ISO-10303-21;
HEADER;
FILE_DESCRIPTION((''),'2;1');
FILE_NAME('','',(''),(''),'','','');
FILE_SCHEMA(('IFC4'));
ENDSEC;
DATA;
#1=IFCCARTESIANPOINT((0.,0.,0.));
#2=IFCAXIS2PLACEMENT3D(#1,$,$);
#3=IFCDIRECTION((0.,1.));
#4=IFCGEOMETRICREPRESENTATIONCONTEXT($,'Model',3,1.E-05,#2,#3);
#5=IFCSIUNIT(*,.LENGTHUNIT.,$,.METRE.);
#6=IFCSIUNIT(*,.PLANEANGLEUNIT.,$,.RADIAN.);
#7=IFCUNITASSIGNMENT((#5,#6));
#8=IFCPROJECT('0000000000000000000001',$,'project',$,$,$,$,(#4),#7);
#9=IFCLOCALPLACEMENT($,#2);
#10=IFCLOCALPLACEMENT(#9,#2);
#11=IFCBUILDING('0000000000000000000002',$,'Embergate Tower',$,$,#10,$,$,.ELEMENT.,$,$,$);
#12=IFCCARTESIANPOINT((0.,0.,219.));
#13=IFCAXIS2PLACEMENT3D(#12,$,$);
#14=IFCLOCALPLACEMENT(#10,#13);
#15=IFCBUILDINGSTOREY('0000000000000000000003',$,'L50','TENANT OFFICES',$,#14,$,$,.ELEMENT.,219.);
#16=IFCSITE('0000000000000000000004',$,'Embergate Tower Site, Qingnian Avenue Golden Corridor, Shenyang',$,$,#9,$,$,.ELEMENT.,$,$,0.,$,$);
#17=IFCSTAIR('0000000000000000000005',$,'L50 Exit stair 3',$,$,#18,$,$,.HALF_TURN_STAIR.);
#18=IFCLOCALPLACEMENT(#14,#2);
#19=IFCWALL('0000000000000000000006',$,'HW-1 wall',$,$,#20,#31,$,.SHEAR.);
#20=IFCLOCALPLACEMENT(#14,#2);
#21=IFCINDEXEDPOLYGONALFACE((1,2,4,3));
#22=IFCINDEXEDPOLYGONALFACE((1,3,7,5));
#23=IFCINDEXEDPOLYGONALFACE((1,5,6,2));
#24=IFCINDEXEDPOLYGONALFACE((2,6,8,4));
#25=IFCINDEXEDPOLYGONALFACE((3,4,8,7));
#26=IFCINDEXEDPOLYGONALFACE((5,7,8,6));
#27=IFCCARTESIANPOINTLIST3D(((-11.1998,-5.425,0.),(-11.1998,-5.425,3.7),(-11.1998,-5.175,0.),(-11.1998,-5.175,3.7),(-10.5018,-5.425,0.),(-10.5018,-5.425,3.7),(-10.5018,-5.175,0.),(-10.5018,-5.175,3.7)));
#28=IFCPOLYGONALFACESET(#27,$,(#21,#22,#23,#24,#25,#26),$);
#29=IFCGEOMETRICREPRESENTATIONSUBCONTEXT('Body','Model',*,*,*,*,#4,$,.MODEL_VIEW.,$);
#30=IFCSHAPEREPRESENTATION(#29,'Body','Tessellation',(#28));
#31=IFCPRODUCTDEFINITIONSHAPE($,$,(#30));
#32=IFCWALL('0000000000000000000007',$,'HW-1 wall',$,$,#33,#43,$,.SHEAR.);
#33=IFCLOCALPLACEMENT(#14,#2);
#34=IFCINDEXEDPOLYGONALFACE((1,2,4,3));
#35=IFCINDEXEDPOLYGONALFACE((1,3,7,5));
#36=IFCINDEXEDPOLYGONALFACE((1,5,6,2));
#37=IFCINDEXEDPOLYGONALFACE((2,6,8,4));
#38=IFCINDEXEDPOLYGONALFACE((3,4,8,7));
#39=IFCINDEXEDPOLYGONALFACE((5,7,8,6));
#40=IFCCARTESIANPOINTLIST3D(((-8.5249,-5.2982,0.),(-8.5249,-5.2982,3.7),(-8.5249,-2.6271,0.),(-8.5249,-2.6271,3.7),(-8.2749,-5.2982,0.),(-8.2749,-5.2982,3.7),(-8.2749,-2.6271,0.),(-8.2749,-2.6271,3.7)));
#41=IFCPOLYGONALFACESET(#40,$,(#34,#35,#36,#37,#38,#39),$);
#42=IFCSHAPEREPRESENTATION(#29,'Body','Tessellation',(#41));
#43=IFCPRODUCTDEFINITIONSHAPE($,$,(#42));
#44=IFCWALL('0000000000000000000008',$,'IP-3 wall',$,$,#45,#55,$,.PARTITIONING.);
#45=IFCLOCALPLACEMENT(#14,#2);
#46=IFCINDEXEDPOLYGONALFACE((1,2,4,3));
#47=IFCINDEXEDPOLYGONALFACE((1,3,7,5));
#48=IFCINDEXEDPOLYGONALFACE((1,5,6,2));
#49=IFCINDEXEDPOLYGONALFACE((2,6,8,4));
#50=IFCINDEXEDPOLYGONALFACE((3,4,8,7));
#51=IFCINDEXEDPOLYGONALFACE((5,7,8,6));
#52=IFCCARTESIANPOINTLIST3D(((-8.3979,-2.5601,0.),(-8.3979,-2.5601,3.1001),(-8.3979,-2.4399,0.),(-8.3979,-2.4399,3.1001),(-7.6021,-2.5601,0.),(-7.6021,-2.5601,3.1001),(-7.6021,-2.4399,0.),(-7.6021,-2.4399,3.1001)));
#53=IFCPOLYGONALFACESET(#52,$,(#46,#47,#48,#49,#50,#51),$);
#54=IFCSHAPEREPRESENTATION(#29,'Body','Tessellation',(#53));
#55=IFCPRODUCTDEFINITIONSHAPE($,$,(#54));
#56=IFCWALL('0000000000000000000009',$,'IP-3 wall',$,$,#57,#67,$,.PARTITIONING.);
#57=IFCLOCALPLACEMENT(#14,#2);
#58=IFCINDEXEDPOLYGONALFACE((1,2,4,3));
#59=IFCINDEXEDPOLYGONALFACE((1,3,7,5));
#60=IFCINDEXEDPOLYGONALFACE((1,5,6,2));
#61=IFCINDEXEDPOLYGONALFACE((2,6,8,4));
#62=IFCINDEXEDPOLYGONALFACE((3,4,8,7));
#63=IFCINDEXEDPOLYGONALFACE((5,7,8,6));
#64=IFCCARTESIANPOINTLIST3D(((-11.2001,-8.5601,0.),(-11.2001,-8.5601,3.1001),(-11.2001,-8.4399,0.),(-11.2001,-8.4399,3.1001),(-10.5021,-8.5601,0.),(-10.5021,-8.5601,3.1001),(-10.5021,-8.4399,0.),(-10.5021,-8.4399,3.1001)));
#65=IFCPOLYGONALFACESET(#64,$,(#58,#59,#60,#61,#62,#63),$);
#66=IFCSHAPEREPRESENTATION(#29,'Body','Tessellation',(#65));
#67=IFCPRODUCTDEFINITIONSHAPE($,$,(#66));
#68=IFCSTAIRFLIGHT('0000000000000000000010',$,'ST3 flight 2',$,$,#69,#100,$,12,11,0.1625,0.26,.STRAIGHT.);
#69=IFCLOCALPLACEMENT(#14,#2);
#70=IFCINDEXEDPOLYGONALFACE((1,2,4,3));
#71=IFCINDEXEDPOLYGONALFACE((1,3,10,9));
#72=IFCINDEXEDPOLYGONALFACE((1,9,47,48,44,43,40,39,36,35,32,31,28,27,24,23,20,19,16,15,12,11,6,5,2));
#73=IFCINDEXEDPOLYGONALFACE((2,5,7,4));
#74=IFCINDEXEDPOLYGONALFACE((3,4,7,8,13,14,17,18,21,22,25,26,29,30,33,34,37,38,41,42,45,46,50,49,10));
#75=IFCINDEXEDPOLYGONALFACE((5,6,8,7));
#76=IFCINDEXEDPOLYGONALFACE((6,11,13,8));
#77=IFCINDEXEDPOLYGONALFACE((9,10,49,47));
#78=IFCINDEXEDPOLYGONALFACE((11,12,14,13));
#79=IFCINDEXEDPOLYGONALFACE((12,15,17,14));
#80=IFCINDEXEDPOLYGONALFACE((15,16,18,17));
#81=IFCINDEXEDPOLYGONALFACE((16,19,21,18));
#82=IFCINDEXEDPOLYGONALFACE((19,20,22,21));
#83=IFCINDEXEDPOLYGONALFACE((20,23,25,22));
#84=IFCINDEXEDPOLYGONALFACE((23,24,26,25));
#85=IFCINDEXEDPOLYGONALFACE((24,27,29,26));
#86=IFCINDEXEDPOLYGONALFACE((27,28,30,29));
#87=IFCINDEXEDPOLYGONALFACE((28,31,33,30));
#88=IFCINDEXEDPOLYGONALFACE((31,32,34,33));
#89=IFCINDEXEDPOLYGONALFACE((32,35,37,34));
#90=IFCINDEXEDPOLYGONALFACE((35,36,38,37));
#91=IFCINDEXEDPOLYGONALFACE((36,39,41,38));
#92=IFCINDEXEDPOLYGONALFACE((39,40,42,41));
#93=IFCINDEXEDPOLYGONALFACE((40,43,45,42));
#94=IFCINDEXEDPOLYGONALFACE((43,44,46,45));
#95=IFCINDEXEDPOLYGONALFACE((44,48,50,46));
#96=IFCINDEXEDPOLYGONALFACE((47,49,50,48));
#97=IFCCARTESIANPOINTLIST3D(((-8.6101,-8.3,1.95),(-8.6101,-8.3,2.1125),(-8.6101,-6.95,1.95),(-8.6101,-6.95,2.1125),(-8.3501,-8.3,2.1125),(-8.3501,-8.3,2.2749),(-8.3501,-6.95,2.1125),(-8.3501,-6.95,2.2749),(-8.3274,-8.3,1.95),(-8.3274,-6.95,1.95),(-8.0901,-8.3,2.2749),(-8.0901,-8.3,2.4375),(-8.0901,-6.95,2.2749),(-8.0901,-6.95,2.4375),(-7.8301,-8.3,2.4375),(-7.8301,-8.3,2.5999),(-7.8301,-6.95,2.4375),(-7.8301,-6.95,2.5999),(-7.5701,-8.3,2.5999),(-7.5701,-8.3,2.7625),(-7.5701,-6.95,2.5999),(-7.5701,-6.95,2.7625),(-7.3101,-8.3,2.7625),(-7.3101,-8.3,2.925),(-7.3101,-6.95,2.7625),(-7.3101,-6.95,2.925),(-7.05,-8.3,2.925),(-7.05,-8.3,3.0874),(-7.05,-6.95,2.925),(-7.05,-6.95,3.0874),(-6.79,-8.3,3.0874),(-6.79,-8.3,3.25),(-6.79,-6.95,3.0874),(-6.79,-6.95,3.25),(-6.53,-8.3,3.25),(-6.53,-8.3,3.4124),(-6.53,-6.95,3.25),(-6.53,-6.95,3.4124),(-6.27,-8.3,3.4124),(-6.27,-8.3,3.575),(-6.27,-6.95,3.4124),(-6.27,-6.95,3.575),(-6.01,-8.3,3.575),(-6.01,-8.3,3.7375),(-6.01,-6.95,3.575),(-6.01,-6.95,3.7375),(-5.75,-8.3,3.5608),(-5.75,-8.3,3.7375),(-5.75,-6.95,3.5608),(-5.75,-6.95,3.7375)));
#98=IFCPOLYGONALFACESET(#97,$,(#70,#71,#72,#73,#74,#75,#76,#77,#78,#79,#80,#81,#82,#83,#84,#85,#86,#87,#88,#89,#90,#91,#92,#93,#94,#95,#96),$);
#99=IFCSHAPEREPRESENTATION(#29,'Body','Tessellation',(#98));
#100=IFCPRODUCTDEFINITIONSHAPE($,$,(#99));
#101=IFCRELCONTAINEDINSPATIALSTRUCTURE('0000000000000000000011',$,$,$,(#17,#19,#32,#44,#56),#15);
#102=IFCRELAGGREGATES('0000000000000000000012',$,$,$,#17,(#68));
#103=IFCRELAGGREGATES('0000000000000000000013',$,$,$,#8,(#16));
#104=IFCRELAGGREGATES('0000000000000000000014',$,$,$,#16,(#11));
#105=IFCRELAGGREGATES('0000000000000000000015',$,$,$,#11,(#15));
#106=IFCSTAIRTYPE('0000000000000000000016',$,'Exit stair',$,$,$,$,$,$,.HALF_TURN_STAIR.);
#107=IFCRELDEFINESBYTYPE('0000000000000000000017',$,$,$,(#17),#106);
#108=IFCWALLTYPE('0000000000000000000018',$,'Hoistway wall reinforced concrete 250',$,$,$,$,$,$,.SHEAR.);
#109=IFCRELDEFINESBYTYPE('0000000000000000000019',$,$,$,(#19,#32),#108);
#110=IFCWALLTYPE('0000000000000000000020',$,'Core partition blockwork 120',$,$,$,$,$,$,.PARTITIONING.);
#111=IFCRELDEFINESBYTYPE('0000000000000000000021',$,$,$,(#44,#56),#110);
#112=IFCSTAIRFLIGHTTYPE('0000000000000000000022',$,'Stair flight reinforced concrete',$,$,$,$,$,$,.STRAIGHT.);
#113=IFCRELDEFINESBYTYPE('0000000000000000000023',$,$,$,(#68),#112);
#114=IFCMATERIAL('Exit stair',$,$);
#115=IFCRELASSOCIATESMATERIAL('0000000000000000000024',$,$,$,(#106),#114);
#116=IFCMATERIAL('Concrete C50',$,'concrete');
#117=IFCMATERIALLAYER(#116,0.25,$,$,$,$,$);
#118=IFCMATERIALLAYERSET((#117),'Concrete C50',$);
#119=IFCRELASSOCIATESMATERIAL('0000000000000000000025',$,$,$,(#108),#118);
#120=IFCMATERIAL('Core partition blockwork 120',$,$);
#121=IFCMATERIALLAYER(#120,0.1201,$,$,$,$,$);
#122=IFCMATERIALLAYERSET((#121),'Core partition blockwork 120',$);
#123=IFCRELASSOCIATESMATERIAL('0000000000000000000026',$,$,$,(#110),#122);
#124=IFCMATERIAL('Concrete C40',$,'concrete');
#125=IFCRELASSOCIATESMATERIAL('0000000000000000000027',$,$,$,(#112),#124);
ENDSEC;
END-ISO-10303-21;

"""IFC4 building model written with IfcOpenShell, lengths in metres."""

from ifc_helpers import new_model, si_unit, direction, frame, frame_2d, origin, place, context, subcontext, project, spatial, polyline, rectangle, outline, extrude, source, transform, mapped, material, layer, layer_set, type_object, element, aggregate, save


model = new_model("IFC4")

# Units and contexts
model_context = context("Model", 3, precision=1e-05, world=origin(), true_north=direction((0.0, 1.0)))
body_context = subcontext(model_context, "Body", "Model", "MODEL_VIEW")
ifc_project = project(units=[si_unit("LENGTHUNIT", "METRE"), si_unit("PLANEANGLEUNIT", "RADIAN")], contexts=[model_context])

# Site, building, storey
site_placement = place(None, origin())
site = spatial("IfcSite", under=ifc_project, at=site_placement, Name="Embergate Tower Site, Qingnian Avenue Golden Corridor, Shenyang", CompositionType="ELEMENT", RefElevation=0.0)
building_placement = place(site_placement, origin())
building = spatial("IfcBuilding", under=site, at=building_placement, Name="Embergate Tower", CompositionType="ELEMENT")
storey_placement = place(building_placement, frame((0.0, 0.0, 219.0)))
storey = spatial("IfcBuildingStorey", under=building, at=storey_placement, Name="L50", Description="TENANT OFFICES", CompositionType="ELEMENT", Elevation=219.0)

# Stair
ifc_material_1 = material(Name="Exit stair")
stair_type = type_object("IfcStairType", Name="Exit stair", PredefinedType="HALF_TURN_STAIR", material=ifc_material_1)
stair_placement = place(storey_placement, origin())
stair = element("IfcStair", 1, at=stair_placement, inside=storey, type_object=stair_type, Name="L50 Exit stair 3", PredefinedType="HALF_TURN_STAIR")
ifc_material_2 = material(Name="Concrete C40", Category="concrete")

# Shared definitions
ifc_material_3 = material(Name="Concrete C50", Category="concrete")
ifc_layer_1 = layer(ifc_material_3, 0.25)
ifc_layer_set_1 = layer_set([ifc_layer_1], Name="Concrete C50")
wall_type_1 = type_object("IfcWallType", Name="Hoistway wall reinforced concrete 250", PredefinedType="SHEAR", material=ifc_layer_set_1)

# Walls
shared_shape_1 = source(origin(), body_context, "Body", "SweptSolid", [
    extrude(rectangle(XDim=0.698, YDim=0.25, at=frame_2d((0.3491, 0.0))), origin(), (0.0, 0.0, 1.0), 3.7),
])
wall_1_placement = place(storey_placement, frame((-11.2, -5.3, 0.0), z_axis=(0.0, 0.0, 1.0), x_axis=(1.0, 0.0, 0.0)))
element("IfcWall", 2, at=wall_1_placement, inside=storey, type_object=wall_type_1, Name="HW-1 wall", PredefinedType="SHEAR", context=body_context, shape_type="MappedRepresentation", body=[
    mapped(shared_shape_1, transform((0.0, 0.0, 0.0))),
])
shared_shape_2 = source(origin(), body_context, "Body", "SweptSolid", [
    extrude(rectangle(XDim=2.6711, YDim=0.25, at=frame_2d((1.3354, 0.0))), origin(), (0.0, 0.0, 1.0), 3.7),
])
wall_2_placement = place(storey_placement, frame((-8.3999, -5.2981, 0.0), z_axis=(0.0, 0.0, 1.0), x_axis=(0.0, 1.0, 0.0)))
element("IfcWall", 3, at=wall_2_placement, inside=storey, type_object=wall_type_1, Name="HW-1 wall", PredefinedType="SHEAR", context=body_context, shape_type="MappedRepresentation", body=[
    mapped(shared_shape_2, transform((0.0, 0.0, 0.0))),
])
ifc_material_4 = material(Name="Core partition blockwork 120")
ifc_layer_2 = layer(ifc_material_4, 0.1201)
ifc_layer_set_2 = layer_set([ifc_layer_2], Name="Core partition blockwork 120")
wall_type_2 = type_object("IfcWallType", Name="Core partition blockwork 120", PredefinedType="PARTITIONING", material=ifc_layer_set_2)
shared_shape_3 = source(origin(), body_context, "Body", "SweptSolid", [
    extrude(rectangle(XDim=0.7959, YDim=0.1201, at=frame_2d((0.3979, 0.0))), origin(), (0.0, 0.0, 1.0), 3.1001),
])
wall_3_placement = place(storey_placement, frame((-8.3979, -2.5, 0.0), z_axis=(0.0, 0.0, 1.0), x_axis=(1.0, 0.0, 0.0)))
element("IfcWall", 4, at=wall_3_placement, inside=storey, type_object=wall_type_2, Name="IP-3 wall", PredefinedType="PARTITIONING", context=body_context, shape_type="MappedRepresentation", body=[
    mapped(shared_shape_3, transform((0.0, 0.0, 0.0))),
])
shared_shape_4 = source(origin(), body_context, "Body", "SweptSolid", [
    extrude(rectangle(XDim=0.698, YDim=0.1201, at=frame_2d((0.3491, 0.0))), origin(), (0.0, 0.0, 1.0), 3.1001),
])
wall_4_placement = place(storey_placement, frame((-10.502, -8.5, 0.0), z_axis=(0.0, 0.0, 1.0), x_axis=(-1.0, 0.0, 0.0)))
element("IfcWall", 5, at=wall_4_placement, inside=storey, type_object=wall_type_2, Name="IP-3 wall", PredefinedType="PARTITIONING", context=body_context, shape_type="MappedRepresentation", body=[
    mapped(shared_shape_4, transform((0.0, 0.0, 0.0))),
])

# Stair flight
stair_flight_type = type_object("IfcStairFlightType", Name="Stair flight reinforced concrete", PredefinedType="STRAIGHT", material=ifc_material_2)
shared_shape_5 = source(origin(), body_context, "Body", "SweptSolid", [
    extrude(outline(polyline([(0.0, 0.0), (0.0, 0.1626), (0.26, 0.1626), (0.26, 0.325), (0.52, 0.325), (0.52, 0.4875), (0.78, 0.4875), (0.78, 0.6499), (1.04, 0.6499), (1.04, 0.8125), (1.3, 0.8125), (1.3, 0.9751), (1.5601, 0.9751), (1.5601, 1.1375), (1.8201, 1.1375), (1.8201, 1.3), (2.0801, 1.3), (2.0801, 1.4624), (2.3401, 1.4624), (2.3401, 1.625), (2.6001, 1.625), (2.6001, 1.7876), (2.8601, 1.7876), (2.8601, 1.95), (2.8601, 1.6108), (0.2827, 0.0), (0.0, 0.0)])), frame((0.0, 0.675, 0.0), z_axis=(0.0, -1.0, 0.0), x_axis=(1.0, 0.0, 0.0)), (0.0, 0.0, 1.0), 1.3501),
])
stair_flight_placement = place(storey_placement, frame((-8.6101, -7.625, 1.95), z_axis=(0.0, 0.0, 1.0), x_axis=(1.0, 0.0, 0.0)))
stair_flight = element("IfcStairFlight", 6, at=stair_flight_placement, type_object=stair_flight_type, Name="ST3 flight 2", NumberOfRisers=12, NumberOfTreads=11, PredefinedType="STRAIGHT", RiserHeight=0.1625, TreadLength=0.26, context=body_context, shape_type="MappedRepresentation", body=[
    mapped(shared_shape_5, transform((0.0, 0.0, 0.0))),
])
aggregate(stair, [stair_flight])

save(model, "model.ifc")
